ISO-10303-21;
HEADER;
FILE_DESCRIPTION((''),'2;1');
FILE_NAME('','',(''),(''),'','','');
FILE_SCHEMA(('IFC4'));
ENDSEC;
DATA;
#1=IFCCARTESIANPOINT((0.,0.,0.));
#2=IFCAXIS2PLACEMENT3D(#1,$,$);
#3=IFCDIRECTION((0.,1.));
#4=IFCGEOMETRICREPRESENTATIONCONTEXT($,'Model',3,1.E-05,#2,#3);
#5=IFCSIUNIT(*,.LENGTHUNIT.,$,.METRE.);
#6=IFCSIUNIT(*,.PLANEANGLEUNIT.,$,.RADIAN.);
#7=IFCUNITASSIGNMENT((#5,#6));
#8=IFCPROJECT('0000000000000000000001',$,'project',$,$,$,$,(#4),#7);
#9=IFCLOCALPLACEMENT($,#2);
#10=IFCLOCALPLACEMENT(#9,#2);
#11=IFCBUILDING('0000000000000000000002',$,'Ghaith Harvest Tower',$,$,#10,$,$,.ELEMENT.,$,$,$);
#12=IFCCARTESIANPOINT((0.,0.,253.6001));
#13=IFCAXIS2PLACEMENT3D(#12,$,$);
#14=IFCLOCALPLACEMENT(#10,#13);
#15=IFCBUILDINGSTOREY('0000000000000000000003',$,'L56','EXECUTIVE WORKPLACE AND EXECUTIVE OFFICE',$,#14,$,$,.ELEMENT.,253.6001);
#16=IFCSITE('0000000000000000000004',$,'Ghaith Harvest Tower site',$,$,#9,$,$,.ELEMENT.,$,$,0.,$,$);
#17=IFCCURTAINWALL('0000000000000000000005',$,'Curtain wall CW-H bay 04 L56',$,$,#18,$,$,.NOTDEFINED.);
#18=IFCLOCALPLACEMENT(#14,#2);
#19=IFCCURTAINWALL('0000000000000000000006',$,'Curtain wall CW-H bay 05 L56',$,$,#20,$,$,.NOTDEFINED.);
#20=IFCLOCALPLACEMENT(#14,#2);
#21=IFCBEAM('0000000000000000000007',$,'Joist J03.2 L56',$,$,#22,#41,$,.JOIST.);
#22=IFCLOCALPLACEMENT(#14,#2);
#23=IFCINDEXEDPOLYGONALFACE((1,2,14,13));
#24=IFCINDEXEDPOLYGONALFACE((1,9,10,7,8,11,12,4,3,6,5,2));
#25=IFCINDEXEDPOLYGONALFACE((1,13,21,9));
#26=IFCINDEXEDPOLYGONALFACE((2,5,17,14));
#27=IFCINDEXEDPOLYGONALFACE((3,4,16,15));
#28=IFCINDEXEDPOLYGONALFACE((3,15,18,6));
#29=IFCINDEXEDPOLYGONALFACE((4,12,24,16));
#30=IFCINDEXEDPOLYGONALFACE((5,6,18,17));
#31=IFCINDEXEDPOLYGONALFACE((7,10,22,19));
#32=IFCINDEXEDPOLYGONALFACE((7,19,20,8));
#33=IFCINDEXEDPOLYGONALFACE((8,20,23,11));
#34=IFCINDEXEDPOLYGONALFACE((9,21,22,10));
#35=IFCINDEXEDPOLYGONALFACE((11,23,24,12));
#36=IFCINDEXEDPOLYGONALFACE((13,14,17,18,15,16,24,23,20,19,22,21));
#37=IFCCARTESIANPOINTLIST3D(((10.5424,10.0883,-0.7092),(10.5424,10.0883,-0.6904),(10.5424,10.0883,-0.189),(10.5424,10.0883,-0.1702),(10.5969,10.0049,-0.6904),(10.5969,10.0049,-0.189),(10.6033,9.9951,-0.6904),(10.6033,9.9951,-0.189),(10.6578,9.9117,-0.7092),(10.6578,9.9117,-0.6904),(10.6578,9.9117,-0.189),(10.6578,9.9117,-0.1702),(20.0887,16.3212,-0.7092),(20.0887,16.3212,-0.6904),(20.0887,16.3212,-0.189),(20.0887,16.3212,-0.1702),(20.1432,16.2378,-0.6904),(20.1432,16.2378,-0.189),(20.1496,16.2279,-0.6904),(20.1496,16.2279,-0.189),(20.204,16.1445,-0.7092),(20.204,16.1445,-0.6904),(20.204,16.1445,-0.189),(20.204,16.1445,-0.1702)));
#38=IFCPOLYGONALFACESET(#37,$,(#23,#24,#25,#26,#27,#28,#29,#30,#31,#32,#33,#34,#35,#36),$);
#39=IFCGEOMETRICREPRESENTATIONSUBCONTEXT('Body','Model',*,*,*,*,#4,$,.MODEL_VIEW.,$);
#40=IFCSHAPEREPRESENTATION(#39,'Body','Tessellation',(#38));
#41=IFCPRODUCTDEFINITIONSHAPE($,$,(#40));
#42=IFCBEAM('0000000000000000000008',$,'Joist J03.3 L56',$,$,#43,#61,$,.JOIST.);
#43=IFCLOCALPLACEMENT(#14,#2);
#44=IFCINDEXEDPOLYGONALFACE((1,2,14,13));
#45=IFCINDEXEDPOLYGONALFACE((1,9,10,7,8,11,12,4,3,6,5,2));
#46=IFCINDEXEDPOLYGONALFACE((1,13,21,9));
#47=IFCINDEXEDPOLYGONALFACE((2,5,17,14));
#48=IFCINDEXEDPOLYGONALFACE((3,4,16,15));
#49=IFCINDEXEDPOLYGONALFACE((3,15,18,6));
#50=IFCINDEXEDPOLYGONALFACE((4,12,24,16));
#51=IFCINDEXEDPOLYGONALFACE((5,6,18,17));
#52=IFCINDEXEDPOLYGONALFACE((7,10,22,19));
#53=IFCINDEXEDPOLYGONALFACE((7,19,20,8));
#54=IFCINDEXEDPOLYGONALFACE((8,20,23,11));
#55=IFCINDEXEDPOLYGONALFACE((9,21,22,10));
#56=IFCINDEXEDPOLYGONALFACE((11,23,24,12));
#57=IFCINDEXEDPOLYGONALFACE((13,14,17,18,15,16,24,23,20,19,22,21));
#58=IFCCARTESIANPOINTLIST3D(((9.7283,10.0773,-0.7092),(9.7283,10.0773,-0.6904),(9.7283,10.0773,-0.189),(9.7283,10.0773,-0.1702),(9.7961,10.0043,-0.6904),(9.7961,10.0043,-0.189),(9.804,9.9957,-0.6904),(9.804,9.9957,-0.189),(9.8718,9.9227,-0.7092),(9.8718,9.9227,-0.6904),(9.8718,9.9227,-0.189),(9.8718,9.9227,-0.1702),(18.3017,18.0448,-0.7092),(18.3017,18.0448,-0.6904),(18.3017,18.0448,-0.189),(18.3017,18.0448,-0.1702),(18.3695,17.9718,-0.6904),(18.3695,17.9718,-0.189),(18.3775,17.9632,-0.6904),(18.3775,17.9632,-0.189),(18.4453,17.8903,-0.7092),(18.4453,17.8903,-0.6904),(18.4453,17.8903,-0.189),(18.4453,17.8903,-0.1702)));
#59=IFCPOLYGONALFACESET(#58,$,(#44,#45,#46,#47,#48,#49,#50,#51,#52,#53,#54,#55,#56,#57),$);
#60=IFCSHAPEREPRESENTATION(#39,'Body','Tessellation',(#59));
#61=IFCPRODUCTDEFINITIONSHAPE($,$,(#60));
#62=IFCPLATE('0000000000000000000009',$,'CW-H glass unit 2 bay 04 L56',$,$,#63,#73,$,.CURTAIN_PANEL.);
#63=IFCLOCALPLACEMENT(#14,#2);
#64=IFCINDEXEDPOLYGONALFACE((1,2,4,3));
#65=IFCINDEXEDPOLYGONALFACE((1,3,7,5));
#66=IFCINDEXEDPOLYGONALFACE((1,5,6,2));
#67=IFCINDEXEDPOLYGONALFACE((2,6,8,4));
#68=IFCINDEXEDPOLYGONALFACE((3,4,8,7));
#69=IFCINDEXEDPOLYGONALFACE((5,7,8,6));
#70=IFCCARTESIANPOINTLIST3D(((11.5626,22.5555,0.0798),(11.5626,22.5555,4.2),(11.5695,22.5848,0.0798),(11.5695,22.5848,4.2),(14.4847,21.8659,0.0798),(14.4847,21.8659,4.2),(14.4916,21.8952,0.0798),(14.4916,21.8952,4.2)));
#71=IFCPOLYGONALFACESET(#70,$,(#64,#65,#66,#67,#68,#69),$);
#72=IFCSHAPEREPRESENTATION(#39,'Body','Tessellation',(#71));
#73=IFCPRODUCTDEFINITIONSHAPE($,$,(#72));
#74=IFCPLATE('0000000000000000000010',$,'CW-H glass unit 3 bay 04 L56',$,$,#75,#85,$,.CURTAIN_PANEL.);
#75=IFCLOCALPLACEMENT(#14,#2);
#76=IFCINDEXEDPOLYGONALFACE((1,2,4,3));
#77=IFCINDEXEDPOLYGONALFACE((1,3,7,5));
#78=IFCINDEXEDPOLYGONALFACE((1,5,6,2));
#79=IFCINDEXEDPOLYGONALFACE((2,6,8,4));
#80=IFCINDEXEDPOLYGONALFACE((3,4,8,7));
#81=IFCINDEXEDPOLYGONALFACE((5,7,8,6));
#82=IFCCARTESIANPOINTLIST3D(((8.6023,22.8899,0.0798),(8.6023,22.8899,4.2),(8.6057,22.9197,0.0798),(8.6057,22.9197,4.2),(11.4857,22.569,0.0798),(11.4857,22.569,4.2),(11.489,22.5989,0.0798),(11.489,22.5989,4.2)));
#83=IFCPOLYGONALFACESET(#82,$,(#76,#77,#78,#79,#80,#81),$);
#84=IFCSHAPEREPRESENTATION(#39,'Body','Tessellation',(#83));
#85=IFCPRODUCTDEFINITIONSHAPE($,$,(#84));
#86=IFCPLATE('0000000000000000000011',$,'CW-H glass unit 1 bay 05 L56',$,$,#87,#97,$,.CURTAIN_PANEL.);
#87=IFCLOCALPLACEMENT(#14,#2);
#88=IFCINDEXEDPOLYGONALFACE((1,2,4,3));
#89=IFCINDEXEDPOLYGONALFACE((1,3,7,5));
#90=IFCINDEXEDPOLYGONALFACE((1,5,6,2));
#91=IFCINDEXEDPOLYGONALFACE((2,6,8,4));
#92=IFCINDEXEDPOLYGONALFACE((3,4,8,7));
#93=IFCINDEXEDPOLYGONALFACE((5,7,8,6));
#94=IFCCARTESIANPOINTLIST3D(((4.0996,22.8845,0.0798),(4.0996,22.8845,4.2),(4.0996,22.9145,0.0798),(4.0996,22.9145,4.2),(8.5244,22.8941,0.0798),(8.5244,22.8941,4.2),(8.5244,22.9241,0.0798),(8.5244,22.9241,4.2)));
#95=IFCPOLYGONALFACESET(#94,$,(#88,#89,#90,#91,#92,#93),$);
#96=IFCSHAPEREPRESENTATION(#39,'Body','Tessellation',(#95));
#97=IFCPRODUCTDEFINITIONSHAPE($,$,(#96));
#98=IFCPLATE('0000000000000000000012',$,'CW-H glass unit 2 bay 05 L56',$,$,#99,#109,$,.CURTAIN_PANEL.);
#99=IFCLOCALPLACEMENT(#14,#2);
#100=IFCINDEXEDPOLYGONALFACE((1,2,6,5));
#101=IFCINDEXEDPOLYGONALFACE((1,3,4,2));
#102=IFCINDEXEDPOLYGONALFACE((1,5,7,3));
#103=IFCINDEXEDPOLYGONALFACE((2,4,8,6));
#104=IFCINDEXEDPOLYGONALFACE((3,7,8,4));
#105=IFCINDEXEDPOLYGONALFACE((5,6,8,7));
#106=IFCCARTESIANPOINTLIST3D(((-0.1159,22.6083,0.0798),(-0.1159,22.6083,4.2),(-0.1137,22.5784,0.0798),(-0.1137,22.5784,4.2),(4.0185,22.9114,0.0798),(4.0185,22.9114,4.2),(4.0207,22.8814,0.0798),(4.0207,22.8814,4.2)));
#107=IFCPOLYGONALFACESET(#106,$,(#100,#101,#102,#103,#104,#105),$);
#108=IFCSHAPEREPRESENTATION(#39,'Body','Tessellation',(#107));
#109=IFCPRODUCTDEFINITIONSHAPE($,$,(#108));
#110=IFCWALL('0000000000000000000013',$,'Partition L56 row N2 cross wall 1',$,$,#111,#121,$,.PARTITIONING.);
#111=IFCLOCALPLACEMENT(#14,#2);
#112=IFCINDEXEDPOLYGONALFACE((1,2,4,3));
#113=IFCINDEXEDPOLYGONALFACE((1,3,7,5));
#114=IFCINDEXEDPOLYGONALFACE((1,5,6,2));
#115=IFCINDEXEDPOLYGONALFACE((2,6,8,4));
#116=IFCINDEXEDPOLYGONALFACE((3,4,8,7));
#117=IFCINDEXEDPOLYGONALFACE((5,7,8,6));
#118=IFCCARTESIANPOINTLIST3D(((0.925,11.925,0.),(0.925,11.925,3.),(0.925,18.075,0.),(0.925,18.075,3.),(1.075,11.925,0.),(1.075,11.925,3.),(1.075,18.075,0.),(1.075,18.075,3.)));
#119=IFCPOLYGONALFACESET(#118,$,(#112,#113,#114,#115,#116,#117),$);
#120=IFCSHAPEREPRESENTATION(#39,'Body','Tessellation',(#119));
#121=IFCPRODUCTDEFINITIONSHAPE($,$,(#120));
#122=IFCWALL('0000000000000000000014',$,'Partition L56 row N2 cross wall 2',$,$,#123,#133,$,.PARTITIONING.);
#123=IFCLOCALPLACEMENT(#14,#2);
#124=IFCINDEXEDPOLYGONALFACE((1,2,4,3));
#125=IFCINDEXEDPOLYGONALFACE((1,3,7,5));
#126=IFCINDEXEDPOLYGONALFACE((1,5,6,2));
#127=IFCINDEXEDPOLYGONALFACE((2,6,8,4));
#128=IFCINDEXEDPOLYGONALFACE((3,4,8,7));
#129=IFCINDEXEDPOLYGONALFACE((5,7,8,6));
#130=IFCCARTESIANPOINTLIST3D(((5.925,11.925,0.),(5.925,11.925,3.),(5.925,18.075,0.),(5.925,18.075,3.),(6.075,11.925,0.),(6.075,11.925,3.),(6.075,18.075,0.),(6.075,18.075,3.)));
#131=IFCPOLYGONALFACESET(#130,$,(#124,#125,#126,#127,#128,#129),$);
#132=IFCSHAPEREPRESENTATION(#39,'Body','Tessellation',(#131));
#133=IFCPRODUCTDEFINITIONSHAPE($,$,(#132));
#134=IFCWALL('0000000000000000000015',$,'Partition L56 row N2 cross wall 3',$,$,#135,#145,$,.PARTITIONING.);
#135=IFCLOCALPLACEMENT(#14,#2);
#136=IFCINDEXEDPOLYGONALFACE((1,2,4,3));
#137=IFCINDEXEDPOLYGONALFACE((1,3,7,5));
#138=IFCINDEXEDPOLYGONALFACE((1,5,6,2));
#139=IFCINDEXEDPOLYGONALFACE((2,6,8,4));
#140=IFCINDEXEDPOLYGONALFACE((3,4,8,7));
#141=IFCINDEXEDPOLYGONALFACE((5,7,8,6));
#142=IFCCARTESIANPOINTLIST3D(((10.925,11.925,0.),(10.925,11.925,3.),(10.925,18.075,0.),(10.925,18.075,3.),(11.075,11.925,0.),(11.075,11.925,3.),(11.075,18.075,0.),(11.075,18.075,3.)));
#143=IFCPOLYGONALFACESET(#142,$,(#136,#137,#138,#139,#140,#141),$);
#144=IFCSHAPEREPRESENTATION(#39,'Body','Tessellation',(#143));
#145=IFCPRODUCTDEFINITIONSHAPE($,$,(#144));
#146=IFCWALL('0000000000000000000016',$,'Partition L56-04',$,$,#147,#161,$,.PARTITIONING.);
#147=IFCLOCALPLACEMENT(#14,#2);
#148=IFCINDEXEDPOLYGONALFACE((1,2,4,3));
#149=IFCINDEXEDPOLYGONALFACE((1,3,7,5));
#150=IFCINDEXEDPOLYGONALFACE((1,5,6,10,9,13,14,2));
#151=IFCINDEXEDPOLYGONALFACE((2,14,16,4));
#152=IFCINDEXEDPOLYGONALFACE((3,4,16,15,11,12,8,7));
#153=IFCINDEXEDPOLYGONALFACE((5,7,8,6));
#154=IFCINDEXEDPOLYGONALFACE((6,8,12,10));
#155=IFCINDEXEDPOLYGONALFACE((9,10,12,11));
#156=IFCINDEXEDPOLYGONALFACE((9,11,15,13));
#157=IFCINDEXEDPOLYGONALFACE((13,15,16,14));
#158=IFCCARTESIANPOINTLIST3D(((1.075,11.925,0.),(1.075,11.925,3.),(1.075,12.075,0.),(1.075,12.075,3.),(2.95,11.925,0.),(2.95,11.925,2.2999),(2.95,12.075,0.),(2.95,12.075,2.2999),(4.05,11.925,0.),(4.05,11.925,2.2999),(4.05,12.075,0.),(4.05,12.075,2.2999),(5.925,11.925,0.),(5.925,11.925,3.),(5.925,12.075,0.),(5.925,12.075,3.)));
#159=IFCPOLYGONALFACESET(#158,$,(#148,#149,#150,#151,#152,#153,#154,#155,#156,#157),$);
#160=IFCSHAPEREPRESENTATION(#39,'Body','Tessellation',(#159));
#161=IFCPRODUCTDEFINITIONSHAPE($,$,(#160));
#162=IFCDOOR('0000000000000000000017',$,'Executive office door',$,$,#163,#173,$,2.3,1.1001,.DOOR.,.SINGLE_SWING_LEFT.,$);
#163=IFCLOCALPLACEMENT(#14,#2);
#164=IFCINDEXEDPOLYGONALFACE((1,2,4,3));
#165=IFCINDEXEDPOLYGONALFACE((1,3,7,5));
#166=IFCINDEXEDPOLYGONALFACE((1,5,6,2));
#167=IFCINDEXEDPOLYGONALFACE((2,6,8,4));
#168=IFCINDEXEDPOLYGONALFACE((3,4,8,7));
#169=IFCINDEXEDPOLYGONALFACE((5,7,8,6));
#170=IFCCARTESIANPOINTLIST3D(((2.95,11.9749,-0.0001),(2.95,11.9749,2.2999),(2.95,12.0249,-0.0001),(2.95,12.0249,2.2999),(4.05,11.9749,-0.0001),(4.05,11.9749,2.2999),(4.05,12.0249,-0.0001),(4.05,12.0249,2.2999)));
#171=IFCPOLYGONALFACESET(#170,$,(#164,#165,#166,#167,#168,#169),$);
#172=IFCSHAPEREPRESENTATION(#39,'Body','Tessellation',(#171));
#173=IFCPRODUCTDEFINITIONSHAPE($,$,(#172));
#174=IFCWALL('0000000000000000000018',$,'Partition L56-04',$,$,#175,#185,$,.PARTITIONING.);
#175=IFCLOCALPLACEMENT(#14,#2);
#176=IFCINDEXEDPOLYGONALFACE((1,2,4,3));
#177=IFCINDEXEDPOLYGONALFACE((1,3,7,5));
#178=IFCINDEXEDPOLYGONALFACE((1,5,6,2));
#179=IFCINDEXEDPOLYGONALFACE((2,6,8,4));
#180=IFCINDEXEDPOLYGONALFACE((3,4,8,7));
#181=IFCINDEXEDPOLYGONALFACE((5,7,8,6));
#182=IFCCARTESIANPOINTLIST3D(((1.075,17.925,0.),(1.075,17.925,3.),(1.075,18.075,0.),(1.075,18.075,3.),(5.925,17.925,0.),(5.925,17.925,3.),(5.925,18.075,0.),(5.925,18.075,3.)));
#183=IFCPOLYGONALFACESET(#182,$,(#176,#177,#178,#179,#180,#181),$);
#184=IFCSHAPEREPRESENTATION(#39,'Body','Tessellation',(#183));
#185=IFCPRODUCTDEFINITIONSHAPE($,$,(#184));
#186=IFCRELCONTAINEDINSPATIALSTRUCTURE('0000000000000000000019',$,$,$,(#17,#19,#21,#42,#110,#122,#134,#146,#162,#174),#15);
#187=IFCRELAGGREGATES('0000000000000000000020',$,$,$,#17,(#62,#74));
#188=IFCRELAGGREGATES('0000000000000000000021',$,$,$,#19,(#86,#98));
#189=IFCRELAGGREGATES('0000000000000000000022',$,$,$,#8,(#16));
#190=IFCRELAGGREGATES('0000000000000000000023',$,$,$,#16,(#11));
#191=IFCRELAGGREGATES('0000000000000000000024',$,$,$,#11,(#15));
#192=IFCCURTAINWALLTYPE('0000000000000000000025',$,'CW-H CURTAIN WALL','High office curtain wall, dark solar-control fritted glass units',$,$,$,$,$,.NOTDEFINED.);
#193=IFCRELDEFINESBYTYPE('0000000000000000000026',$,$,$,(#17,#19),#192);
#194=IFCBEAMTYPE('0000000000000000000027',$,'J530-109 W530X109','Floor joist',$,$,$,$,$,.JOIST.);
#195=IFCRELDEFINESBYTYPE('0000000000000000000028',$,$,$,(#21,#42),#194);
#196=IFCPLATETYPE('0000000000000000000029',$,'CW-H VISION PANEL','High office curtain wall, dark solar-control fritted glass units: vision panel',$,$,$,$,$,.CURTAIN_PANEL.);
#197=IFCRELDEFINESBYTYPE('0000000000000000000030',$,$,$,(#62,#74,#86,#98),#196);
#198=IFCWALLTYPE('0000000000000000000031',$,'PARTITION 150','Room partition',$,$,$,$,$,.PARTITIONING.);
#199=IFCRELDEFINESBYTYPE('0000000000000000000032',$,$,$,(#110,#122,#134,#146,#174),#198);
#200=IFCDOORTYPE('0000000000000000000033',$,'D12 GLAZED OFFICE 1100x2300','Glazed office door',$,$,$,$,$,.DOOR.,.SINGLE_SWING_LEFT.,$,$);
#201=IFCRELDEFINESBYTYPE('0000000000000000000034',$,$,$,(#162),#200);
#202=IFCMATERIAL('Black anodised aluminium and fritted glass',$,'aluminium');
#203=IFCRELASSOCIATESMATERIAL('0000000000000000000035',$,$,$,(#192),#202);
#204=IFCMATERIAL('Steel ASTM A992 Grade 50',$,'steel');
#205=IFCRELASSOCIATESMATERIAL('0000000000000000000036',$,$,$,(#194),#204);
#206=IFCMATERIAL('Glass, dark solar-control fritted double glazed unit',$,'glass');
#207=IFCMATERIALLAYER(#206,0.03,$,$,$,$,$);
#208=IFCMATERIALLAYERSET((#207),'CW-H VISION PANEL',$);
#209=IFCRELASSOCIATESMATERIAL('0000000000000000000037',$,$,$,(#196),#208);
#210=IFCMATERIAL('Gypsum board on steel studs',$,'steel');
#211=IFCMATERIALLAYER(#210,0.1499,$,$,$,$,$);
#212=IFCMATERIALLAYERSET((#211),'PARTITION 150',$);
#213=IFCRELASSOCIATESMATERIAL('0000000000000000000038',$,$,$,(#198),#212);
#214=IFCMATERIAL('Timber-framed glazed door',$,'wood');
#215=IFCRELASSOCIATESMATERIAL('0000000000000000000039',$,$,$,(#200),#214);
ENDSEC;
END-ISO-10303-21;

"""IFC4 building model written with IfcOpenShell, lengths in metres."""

from ifc_helpers import new_model, si_unit, direction, frame, frame_2d, origin, origin_2d, place, context, subcontext, project, spatial, rectangle, i_section, extrude, material, layer, layer_set, material_profile, profile_set, type_object, element, fill, aggregate, save


model = new_model("IFC4")

# Units and contexts
model_context = context("Model", 3, precision=1e-05, world=origin(), true_north=direction((0.0, 1.0)))
body_context = subcontext(model_context, "Body", "Model", "MODEL_VIEW")
ifc_project = project(units=[si_unit("LENGTHUNIT", "METRE"), si_unit("PLANEANGLEUNIT", "RADIAN")], contexts=[model_context])

# Site, building, storey
site_placement = place(None, origin())
site = spatial("IfcSite", under=ifc_project, at=site_placement, Name="Ghaith Harvest Tower site", CompositionType="ELEMENT", RefElevation=0.0)
building_placement = place(site_placement, origin())
building = spatial("IfcBuilding", under=site, at=building_placement, Name="Ghaith Harvest Tower", CompositionType="ELEMENT")
storey_placement = place(building_placement, frame((0.0, 0.0, 253.6001)))
storey = spatial("IfcBuildingStorey", under=building, at=storey_placement, Name="L56", Description="EXECUTIVE WORKPLACE AND EXECUTIVE OFFICE", CompositionType="ELEMENT", Elevation=253.6001)

# Curtain wall
ifc_material_1 = material(Name="Black anodised aluminium and fritted glass", Category="aluminium")
curtain_wall_type = type_object("IfcCurtainWallType", Name="CW-H CURTAIN WALL", Description="High office curtain wall, dark solar-control fritted glass units", PredefinedType="NOTDEFINED", material=ifc_material_1)
curtain_wall_1_placement = place(storey_placement, origin())
curtain_wall_1 = element("IfcCurtainWall", 1, at=curtain_wall_1_placement, inside=storey, type_object=curtain_wall_type, Name="Curtain wall CW-H bay 04 L56", PredefinedType="NOTDEFINED")

# Curtain wall
curtain_wall_2_placement = place(storey_placement, origin())
curtain_wall_2 = element("IfcCurtainWall", 2, at=curtain_wall_2_placement, inside=storey, type_object=curtain_wall_type, Name="Curtain wall CW-H bay 05 L56", PredefinedType="NOTDEFINED")

# Beams
ifc_material_2 = material(Name="Steel ASTM A992 Grade 50", Category="steel")
ifc_material_profile_1 = material_profile(ifc_material_2, i_section(OverallWidth=0.2109, OverallDepth=0.5391, WebThickness=0.0117, FlangeThickness=0.0188, at=origin_2d()), Name="W530X109")
ifc_profile_set_1 = profile_set([ifc_material_profile_1], Name="Steel ASTM A992 Grade 50")
beam_type_1 = type_object("IfcBeamType", Name="J530-109 W530X109", Description="Floor joist", PredefinedType="JOIST", material=ifc_profile_set_1)
beam_1_placement = place(storey_placement, frame((10.6001, 10.0, -0.4397), z_axis=(0.837329, 0.546699, 0.0), x_axis=(-0.546699, 0.837329, 0.0)))
element("IfcBeam", 3, at=beam_1_placement, inside=storey, type_object=beam_type_1, Name="Joist J03.2 L56", PredefinedType="JOIST", context=body_context, shape_type="SweptSolid", body=[
    extrude(i_section(OverallWidth=0.2109, OverallDepth=0.5391, WebThickness=0.0117, FlangeThickness=0.0188, at=origin_2d()), origin(), (0.0, 0.0, 1.0), 11.4009),
])
beam_2_placement = place(storey_placement, frame((9.8, 10.0, -0.4397), z_axis=(0.732519, 0.680746, 0.0), x_axis=(-0.680746, 0.732519, 0.0)))
element("IfcBeam", 4, at=beam_2_placement, inside=storey, type_object=beam_type_1, Name="Joist J03.3 L56", PredefinedType="JOIST", context=body_context, shape_type="SweptSolid", body=[
    extrude(i_section(OverallWidth=0.2109, OverallDepth=0.5391, WebThickness=0.0117, FlangeThickness=0.0188, at=origin_2d()), origin(), (0.0, 0.0, 1.0), 11.7041),
])

# Plates
ifc_material_3 = material(Name="Glass, dark solar-control fritted double glazed unit", Category="glass")
ifc_layer_1 = layer(ifc_material_3, 0.03)
ifc_layer_set_1 = layer_set([ifc_layer_1], Name="CW-H VISION PANEL")
plate_type = type_object("IfcPlateType", Name="CW-H VISION PANEL", Description="High office curtain wall, dark solar-control fritted glass units: vision panel", PredefinedType="CURTAIN_PANEL", material=ifc_layer_set_1)
plate_1_placement = place(storey_placement, frame((13.0271, 22.2253, 0.0798), z_axis=(0.0, 0.0, 1.0), x_axis=(-0.973266, 0.22968, 0.0)))
plate_1 = element("IfcPlate", 5, at=plate_1_placement, type_object=plate_type, Name="CW-H glass unit 2 bay 04 L56", PredefinedType="CURTAIN_PANEL", context=body_context, shape_type="SweptSolid", body=[
    extrude(rectangle(XDim=3.0024, YDim=0.03, at=origin_2d()), origin(), (0.0, 0.0, 1.0), 4.1201),
])
plate_2_placement = place(storey_placement, frame((10.0457, 22.7444, 0.0798), z_axis=(0.0, 0.0, 1.0), x_axis=(-0.993865, 0.110598, 0.0)))
plate_2 = element("IfcPlate", 6, at=plate_2_placement, type_object=plate_type, Name="CW-H glass unit 3 bay 04 L56", PredefinedType="CURTAIN_PANEL", context=body_context, shape_type="SweptSolid", body=[
    extrude(rectangle(XDim=2.9011, YDim=0.03, at=origin_2d()), origin(), (0.0, 0.0, 1.0), 4.1201),
])
aggregate(curtain_wall_1, [plate_1, plate_2])
plate_3_placement = place(storey_placement, frame((6.312, 22.9043, 0.0798), z_axis=(0.0, 0.0, 1.0), x_axis=(-0.999998, -0.002171, 0.0)))
plate_3 = element("IfcPlate", 7, at=plate_3_placement, type_object=plate_type, Name="CW-H glass unit 1 bay 05 L56", PredefinedType="CURTAIN_PANEL", context=body_context, shape_type="SweptSolid", body=[
    extrude(rectangle(XDim=4.4248, YDim=0.03, at=origin_2d()), origin(), (0.0, 0.0, 1.0), 4.1201),
])
plate_4_placement = place(storey_placement, frame((1.9524, 22.7449, 0.0798), z_axis=(0.0, 0.0, 1.0), x_axis=(-0.997325, -0.073101, 0.0)))
plate_4 = element("IfcPlate", 8, at=plate_4_placement, type_object=plate_type, Name="CW-H glass unit 2 bay 05 L56", PredefinedType="CURTAIN_PANEL", context=body_context, shape_type="SweptSolid", body=[
    extrude(rectangle(XDim=4.1455, YDim=0.03, at=origin_2d()), origin(), (0.0, 0.0, 1.0), 4.1201),
])
aggregate(curtain_wall_2, [plate_3, plate_4])

# Walls
ifc_material_4 = material(Name="Gypsum board on steel studs", Category="steel")
ifc_layer_2 = layer(ifc_material_4, 0.1499)
ifc_layer_set_2 = layer_set([ifc_layer_2], Name="PARTITION 150")
wall_type = type_object("IfcWallType", Name="PARTITION 150", Description="Room partition", PredefinedType="PARTITIONING", material=ifc_layer_set_2)
for number, where, z_axis, x_axis, name in (
    (9, (1.0, 11.925, 0.0), (0.0, 0.0, 1.0), (0.0, 1.0, 0.0), "Partition L56 row N2 cross wall 1"),
    (10, (6.0, 11.925, 0.0), (0.0, 0.0, 1.0), (0.0, 1.0, 0.0), "Partition L56 row N2 cross wall 2"),
    (11, (11.0, 11.925, 0.0), (0.0, 0.0, 1.0), (0.0, 1.0, 0.0), "Partition L56 row N2 cross wall 3"),
):
    element("IfcWall", number, at=place(storey_placement, frame(where, z_axis=z_axis, x_axis=x_axis)), inside=storey, type_object=wall_type, Name=name, PredefinedType="PARTITIONING", context=body_context, shape_type="SweptSolid", body=[
        extrude(rectangle(XDim=6.1499, YDim=0.1499, at=frame_2d((3.075, 0.0))), origin(), (0.0, 0.0, 1.0), 3.0),
    ])

# Wall, opening, door
wall_1_placement = place(storey_placement, frame((1.075, 12.0, 0.0), z_axis=(0.0, 0.0, 1.0), x_axis=(1.0, 0.0, 0.0)))
wall_1 = element("IfcWall", 12, at=wall_1_placement, inside=storey, type_object=wall_type, Name="Partition L56-04", PredefinedType="PARTITIONING", context=body_context, shape_type="SweptSolid", body=[
    extrude(rectangle(XDim=4.8501, YDim=0.1499, at=frame_2d((2.425, 0.0))), origin(), (0.0, 0.0, 1.0), 3.0),
])
opening_1_placement = place(wall_1_placement, frame((1.875, 0.0, 0.0)))
opening_1 = element("IfcOpeningElement", 13, at=opening_1_placement, cuts=wall_1, PredefinedType="OPENING", context=body_context, shape_type="SweptSolid", body=[
    extrude(rectangle(XDim=1.1001, YDim=2.3, at=frame_2d((0.55, 1.1499))), frame((0.0, 0.085, 0.0), z_axis=(0.0, -1.0, 0.0), x_axis=(1.0, 0.0, 0.0)), (0.0, 0.0, 1.0), 0.1699),
])
ifc_material_5 = material(Name="Timber-framed glazed door", Category="wood")
door_type = type_object("IfcDoorType", Name="D12 GLAZED OFFICE 1100x2300", Description="Glazed office door", OperationType="SINGLE_SWING_LEFT", PredefinedType="DOOR", material=ifc_material_5)
door_1_placement = place(opening_1_placement, origin())
door_1 = element("IfcDoor", 14, at=door_1_placement, inside=storey, type_object=door_type, Name="Executive office door", OperationType="SINGLE_SWING_LEFT", OverallHeight=2.3, OverallWidth=1.1001, PredefinedType="DOOR", context=body_context, shape_type="SweptSolid", body=[
    extrude(rectangle(XDim=1.1001, YDim=2.3, at=frame_2d((0.55, 1.1499))), frame((0.0, 0.0249, 0.0), z_axis=(0.0, -1.0, 0.0), x_axis=(1.0, 0.0, 0.0)), (0.0, 0.0, 1.0), 0.05),
])
fill(opening_1, door_1)

# Wall
wall_2_placement = place(storey_placement, frame((1.075, 18.0, 0.0), z_axis=(0.0, 0.0, 1.0), x_axis=(1.0, 0.0, 0.0)))
element("IfcWall", 15, at=wall_2_placement, inside=storey, type_object=wall_type, Name="Partition L56-04", PredefinedType="PARTITIONING", context=body_context, shape_type="SweptSolid", body=[
    extrude(rectangle(XDim=4.8501, YDim=0.1499, at=frame_2d((2.425, 0.0))), origin(), (0.0, 0.0, 1.0), 3.0),
])

save(model, "model.ifc")
